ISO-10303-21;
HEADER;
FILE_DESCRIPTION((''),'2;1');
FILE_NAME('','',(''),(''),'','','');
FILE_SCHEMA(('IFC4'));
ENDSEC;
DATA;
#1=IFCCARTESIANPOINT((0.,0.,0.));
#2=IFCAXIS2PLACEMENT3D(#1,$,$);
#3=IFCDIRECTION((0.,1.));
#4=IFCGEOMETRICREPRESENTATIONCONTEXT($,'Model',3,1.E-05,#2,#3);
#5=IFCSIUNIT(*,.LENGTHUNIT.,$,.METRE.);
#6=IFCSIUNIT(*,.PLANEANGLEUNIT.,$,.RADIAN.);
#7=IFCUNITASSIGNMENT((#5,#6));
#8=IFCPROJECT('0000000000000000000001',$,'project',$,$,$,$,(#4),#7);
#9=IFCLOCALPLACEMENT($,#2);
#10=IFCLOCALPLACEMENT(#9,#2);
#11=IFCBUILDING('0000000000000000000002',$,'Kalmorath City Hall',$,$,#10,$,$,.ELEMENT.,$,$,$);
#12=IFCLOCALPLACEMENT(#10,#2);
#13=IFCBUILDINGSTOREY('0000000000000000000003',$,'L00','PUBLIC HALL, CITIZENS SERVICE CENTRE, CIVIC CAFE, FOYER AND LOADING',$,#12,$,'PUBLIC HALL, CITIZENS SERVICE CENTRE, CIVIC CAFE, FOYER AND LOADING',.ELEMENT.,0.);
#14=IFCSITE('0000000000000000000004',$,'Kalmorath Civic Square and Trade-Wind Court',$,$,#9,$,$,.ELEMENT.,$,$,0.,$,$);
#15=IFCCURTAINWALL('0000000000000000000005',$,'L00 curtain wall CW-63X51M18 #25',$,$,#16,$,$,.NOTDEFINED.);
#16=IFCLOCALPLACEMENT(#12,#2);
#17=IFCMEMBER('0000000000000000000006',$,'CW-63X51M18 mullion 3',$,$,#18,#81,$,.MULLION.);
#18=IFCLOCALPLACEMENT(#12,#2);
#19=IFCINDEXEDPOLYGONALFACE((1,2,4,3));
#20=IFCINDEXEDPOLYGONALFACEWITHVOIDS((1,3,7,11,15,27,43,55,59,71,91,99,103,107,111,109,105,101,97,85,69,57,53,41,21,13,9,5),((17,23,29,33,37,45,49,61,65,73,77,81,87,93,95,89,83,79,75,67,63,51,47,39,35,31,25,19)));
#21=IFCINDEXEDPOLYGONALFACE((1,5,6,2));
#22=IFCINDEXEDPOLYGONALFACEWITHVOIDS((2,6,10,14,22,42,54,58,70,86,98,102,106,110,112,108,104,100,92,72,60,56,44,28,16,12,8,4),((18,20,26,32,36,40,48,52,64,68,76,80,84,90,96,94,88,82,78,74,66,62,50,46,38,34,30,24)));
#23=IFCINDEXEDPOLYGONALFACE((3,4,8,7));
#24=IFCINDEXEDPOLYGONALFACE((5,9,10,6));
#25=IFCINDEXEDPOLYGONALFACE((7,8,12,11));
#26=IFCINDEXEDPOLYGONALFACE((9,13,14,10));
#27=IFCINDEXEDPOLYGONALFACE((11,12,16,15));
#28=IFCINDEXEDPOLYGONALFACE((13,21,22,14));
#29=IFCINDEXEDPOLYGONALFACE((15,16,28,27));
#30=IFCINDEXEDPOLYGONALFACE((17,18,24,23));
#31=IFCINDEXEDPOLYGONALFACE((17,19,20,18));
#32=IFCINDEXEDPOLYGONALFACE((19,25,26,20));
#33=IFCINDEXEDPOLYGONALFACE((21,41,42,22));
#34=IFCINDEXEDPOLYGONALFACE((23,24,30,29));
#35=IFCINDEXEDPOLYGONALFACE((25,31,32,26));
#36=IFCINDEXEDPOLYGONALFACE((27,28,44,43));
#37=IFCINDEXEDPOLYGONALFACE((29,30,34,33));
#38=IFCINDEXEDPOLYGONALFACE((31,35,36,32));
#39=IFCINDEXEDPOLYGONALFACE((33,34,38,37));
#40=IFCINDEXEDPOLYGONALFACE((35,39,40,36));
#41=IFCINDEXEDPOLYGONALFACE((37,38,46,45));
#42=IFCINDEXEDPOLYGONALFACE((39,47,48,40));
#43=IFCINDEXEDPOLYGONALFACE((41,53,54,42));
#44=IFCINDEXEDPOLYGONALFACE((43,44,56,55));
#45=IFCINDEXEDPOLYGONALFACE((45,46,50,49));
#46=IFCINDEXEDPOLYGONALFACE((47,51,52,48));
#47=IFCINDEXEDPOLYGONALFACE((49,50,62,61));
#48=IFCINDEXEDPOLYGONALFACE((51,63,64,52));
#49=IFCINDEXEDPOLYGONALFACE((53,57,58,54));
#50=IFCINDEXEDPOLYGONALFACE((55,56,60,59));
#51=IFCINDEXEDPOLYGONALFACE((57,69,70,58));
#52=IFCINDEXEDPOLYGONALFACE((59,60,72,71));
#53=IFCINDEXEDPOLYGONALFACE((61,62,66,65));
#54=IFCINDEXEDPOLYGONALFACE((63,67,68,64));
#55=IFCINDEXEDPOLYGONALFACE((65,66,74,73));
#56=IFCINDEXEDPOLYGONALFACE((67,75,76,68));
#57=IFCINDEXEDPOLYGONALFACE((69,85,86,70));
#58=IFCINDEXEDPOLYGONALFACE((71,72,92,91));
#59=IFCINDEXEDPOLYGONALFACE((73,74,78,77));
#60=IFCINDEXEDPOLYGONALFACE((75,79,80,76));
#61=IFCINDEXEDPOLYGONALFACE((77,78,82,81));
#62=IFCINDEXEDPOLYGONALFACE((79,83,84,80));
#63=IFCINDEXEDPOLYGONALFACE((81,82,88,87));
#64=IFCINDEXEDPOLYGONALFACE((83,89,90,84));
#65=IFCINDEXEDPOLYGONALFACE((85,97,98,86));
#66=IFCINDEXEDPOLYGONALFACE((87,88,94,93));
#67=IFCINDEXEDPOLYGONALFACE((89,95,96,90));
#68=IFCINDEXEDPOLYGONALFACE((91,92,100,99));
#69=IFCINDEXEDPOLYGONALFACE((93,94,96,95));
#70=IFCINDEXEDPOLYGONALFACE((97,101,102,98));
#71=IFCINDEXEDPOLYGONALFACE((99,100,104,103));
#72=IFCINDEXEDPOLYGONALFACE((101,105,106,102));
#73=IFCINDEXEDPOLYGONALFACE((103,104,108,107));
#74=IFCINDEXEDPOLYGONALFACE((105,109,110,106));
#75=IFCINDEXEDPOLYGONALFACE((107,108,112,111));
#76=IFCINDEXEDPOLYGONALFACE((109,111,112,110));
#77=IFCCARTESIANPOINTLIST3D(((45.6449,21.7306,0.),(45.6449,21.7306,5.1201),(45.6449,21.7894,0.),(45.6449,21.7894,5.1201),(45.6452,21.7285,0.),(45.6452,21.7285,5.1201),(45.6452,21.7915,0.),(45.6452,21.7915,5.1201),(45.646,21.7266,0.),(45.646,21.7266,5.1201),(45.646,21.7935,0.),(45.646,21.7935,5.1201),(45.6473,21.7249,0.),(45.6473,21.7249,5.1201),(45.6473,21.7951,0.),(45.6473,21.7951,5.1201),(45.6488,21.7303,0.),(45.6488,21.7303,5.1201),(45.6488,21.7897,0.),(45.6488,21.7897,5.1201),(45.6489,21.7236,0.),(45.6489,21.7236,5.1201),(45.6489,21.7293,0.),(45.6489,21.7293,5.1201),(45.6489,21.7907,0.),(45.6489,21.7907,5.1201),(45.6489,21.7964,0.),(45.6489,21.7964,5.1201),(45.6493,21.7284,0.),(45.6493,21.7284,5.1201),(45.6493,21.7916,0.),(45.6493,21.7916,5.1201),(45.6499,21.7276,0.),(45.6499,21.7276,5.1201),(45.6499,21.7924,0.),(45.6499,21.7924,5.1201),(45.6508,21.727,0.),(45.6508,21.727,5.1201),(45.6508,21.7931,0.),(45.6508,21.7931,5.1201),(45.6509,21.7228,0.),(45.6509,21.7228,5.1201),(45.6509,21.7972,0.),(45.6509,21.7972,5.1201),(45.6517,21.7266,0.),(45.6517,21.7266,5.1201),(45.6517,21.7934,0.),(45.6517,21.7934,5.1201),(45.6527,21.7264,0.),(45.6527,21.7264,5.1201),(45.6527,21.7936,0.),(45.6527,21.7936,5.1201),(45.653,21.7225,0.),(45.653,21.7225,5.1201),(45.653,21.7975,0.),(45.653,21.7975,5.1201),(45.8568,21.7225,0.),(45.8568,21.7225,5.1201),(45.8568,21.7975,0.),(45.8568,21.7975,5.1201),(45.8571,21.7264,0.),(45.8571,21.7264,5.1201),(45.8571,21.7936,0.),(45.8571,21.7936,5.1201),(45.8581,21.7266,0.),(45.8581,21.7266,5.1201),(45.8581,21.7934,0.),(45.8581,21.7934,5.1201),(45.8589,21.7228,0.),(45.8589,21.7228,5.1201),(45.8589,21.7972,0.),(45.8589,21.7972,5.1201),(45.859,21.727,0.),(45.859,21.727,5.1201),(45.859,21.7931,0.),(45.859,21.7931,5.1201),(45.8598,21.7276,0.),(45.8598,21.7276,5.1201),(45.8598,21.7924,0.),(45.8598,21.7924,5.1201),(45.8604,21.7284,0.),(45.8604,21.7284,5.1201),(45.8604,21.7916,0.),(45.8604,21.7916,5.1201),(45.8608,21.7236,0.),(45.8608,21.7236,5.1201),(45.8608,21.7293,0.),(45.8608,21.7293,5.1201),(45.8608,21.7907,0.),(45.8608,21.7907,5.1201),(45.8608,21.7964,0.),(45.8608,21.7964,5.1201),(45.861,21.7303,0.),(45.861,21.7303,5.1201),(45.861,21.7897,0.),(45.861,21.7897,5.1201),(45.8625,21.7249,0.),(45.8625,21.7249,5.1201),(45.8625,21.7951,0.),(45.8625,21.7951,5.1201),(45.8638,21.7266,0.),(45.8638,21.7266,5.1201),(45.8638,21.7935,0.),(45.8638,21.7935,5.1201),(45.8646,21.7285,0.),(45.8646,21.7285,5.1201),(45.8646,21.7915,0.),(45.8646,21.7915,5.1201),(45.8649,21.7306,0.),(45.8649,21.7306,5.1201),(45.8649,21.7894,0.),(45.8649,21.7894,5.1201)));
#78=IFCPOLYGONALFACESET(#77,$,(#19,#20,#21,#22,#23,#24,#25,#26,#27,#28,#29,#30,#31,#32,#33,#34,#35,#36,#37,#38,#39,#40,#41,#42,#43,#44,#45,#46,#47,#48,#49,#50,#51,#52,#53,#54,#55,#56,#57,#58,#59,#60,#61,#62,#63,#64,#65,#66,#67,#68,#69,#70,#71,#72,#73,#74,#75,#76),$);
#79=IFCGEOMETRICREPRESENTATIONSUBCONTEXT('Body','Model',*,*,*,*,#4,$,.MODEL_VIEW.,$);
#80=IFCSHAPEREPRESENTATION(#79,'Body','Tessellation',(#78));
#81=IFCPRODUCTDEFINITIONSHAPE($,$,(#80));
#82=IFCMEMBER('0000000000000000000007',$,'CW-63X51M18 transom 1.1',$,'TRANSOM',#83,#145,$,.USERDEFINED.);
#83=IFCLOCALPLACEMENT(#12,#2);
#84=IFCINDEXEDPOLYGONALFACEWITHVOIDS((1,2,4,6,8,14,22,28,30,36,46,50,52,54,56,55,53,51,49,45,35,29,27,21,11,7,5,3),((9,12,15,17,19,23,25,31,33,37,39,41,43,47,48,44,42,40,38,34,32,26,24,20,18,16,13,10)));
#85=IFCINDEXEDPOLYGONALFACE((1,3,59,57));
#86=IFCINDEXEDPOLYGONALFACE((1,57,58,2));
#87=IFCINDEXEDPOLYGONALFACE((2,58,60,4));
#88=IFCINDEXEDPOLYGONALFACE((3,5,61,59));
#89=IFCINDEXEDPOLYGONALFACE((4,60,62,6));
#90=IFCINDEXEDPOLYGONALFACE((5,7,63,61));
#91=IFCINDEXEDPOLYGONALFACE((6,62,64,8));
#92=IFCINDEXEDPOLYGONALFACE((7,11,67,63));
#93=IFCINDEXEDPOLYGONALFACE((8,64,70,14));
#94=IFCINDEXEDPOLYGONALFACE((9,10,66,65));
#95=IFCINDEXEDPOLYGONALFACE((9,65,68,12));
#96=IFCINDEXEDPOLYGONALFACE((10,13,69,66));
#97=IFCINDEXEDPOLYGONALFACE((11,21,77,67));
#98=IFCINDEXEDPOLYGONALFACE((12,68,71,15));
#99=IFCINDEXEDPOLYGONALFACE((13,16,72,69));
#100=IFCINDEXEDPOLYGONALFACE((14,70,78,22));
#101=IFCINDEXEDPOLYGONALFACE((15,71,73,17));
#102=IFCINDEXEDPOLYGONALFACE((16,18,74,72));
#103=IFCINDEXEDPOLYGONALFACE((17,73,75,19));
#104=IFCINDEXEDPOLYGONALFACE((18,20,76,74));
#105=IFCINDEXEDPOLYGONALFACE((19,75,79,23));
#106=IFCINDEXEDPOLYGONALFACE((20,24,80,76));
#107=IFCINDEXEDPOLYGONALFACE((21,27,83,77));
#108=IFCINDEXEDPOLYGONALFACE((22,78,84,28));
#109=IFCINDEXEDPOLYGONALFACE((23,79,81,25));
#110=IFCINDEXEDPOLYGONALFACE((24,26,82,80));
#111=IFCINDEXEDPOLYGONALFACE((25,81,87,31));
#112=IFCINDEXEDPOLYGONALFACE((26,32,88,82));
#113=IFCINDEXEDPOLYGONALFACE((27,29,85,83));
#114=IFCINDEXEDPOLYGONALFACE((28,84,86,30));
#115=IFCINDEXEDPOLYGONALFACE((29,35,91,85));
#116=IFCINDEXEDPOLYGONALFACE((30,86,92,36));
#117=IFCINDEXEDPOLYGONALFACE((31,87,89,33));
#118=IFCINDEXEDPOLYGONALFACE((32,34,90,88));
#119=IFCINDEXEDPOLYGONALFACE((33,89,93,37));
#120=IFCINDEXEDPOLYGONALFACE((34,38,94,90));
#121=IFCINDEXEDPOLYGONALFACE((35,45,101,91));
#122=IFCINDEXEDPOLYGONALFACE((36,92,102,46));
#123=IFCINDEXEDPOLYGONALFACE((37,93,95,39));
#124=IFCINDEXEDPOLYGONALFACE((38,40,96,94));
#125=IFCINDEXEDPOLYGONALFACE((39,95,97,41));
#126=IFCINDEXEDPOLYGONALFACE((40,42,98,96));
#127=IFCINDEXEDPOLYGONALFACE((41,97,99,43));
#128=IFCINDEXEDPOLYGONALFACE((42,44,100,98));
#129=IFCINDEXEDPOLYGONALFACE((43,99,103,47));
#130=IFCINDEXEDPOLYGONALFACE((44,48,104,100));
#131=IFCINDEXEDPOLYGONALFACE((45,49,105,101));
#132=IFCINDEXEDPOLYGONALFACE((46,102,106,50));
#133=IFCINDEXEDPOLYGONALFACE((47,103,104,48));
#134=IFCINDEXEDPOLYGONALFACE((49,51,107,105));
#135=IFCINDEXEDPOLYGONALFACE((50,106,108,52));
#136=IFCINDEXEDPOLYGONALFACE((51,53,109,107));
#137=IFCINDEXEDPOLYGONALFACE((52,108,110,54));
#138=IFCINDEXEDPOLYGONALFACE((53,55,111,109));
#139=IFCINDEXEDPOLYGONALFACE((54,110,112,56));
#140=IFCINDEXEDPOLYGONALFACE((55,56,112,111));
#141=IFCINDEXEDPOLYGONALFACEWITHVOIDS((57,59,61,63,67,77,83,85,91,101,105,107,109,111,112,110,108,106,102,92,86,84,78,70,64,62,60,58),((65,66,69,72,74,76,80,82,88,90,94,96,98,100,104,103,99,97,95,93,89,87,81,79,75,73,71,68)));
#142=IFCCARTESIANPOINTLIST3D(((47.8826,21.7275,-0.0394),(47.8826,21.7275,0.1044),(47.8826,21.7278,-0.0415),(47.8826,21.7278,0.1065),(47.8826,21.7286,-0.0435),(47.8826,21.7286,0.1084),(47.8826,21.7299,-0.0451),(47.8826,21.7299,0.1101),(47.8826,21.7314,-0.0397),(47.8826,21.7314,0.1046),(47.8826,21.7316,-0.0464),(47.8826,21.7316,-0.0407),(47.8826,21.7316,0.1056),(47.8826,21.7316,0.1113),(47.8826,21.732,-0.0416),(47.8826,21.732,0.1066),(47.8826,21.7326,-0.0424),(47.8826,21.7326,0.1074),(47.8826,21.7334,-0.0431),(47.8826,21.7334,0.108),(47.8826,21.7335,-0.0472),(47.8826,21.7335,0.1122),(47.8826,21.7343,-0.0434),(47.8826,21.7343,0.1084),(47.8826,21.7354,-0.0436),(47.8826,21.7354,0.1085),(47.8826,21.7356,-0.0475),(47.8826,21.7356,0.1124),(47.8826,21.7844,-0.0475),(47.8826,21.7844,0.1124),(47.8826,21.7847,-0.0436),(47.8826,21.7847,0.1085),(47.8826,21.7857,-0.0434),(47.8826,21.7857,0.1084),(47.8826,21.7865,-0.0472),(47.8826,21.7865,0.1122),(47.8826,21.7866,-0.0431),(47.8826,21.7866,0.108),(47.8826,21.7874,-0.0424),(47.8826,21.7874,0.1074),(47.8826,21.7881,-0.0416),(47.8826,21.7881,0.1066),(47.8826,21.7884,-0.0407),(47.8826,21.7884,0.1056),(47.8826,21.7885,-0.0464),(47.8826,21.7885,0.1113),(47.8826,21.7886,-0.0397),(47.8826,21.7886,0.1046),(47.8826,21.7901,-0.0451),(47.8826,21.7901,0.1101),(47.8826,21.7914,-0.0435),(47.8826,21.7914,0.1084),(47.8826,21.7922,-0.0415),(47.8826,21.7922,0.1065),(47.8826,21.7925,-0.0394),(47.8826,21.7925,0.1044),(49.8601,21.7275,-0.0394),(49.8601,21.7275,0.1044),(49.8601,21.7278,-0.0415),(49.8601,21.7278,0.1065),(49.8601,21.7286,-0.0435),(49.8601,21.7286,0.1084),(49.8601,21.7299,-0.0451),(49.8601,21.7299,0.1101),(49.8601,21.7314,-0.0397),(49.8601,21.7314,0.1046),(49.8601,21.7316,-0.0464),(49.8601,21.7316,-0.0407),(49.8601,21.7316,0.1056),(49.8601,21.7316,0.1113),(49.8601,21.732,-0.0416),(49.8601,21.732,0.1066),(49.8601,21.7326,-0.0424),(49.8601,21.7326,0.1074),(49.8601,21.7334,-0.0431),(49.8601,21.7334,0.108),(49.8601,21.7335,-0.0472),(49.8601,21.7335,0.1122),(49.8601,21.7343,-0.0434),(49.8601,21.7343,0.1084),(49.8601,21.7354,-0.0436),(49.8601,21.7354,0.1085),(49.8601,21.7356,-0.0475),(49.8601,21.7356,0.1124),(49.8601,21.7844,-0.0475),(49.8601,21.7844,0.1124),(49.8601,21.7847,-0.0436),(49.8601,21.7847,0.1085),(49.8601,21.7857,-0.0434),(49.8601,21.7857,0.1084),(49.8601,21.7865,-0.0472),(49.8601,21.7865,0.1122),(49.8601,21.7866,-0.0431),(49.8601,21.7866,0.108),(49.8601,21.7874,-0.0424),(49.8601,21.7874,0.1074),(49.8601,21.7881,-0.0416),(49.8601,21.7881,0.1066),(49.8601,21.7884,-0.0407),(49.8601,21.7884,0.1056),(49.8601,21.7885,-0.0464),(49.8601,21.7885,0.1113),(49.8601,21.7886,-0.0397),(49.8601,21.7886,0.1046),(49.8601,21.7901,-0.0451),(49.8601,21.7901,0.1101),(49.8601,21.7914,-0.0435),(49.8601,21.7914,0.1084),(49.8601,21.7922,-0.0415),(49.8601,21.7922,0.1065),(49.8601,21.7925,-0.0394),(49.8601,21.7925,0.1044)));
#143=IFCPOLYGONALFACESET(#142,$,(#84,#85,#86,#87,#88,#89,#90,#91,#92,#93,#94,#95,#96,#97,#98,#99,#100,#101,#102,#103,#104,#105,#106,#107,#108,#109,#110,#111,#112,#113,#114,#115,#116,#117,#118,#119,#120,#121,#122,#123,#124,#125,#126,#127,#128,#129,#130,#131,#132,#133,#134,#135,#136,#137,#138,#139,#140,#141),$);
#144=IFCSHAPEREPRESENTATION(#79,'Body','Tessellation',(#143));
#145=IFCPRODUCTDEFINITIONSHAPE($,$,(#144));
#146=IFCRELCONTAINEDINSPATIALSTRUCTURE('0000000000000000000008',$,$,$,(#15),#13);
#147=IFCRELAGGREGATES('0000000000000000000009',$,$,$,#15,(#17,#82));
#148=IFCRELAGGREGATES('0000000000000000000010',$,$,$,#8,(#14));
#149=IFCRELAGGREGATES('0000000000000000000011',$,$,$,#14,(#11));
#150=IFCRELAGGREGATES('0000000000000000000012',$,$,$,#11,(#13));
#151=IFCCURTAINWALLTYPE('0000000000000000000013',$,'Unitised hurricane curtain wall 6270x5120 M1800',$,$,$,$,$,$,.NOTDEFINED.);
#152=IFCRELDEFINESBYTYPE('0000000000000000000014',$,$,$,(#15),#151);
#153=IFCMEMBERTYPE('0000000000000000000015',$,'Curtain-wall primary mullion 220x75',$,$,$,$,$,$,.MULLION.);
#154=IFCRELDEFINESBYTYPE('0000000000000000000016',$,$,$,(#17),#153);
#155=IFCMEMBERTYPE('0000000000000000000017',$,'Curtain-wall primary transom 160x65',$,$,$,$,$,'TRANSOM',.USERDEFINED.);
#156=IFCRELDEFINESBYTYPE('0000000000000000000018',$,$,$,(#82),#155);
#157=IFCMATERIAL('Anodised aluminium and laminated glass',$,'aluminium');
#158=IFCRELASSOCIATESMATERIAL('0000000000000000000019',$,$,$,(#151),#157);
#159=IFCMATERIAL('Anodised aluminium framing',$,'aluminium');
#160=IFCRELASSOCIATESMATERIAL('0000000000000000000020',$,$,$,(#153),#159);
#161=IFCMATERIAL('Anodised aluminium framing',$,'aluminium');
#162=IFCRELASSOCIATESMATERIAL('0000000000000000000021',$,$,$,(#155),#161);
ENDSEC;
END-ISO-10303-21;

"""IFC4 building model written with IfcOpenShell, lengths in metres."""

from ifc_helpers import new_model, si_unit, direction, frame, origin, origin_2d, place, context, subcontext, project, spatial, hollow_rectangle, extrude, material, material_profile, profile_set, type_object, element, aggregate, save


model = new_model("IFC4")

# Units and contexts
model_context = context("Model", 3, precision=1e-05, world=origin(), true_north=direction((0.0, 1.0)))
body_context = subcontext(model_context, "Body", "Model", "MODEL_VIEW")
ifc_project = project(units=[si_unit("LENGTHUNIT", "METRE"), si_unit("PLANEANGLEUNIT", "RADIAN")], contexts=[model_context])

# Site, building, storey
site_placement = place(None, origin())
site = spatial("IfcSite", under=ifc_project, at=site_placement, Name="Kalmorath Civic Square and Trade-Wind Court", CompositionType="ELEMENT", RefElevation=0.0)
building_placement = place(site_placement, origin())
building = spatial("IfcBuilding", under=site, at=building_placement, Name="Kalmorath City Hall", CompositionType="ELEMENT")
storey_placement = place(building_placement, origin())
storey = spatial("IfcBuildingStorey", under=building, at=storey_placement, Name="L00", Description="PUBLIC HALL, CITIZENS SERVICE CENTRE, CIVIC CAFE, FOYER AND LOADING", LongName="PUBLIC HALL, CITIZENS SERVICE CENTRE, CIVIC CAFE, FOYER AND LOADING", CompositionType="ELEMENT", Elevation=0.0)

# Curtain wall, members
ifc_material_1 = material(Name="Anodised aluminium and laminated glass", Category="aluminium")
curtain_wall_type = type_object("IfcCurtainWallType", Name="Unitised hurricane curtain wall 6270x5120 M1800", PredefinedType="NOTDEFINED", material=ifc_material_1)
curtain_wall_placement = place(storey_placement, origin())
curtain_wall = element("IfcCurtainWall", 1, at=curtain_wall_placement, inside=storey, type_object=curtain_wall_type, Name="L00 curtain wall CW-63X51M18 #25", PredefinedType="NOTDEFINED")
ifc_material_2 = material(Name="Anodised aluminium framing", Category="aluminium")
ifc_material_profile_1 = material_profile(ifc_material_2, hollow_rectangle(XDim=0.075, YDim=0.22, WallThickness=0.0039, InnerFilletRadius=0.0039, OuterFilletRadius=0.0081, at=origin_2d()), Name="ALU-MUL-220X75X4")
ifc_profile_set_1 = profile_set([ifc_material_profile_1], Name="Anodised aluminium framing")
member_type_1 = type_object("IfcMemberType", Name="Curtain-wall primary mullion 220x75", PredefinedType="MULLION", material=ifc_profile_set_1)
member_1_placement = place(storey_placement, frame((45.7549, 21.76, 0.0), z_axis=(0.0, 0.0, 1.0), x_axis=(0.0, -1.0, 0.0)))
member_1 = element("IfcMember", 2, at=member_1_placement, type_object=member_type_1, Name="CW-63X51M18 mullion 3", PredefinedType="MULLION", context=body_context, shape_type="SweptSolid", body=[
    extrude(hollow_rectangle(XDim=0.075, YDim=0.22, WallThickness=0.0039, InnerFilletRadius=0.0039, OuterFilletRadius=0.0081, at=origin_2d()), origin(), (0.0, 0.0, 1.0), 5.1201),
])
ifc_material_3 = material(Name="Anodised aluminium framing", Category="aluminium")
ifc_material_profile_2 = material_profile(ifc_material_3, hollow_rectangle(XDim=0.0649, YDim=0.1599, WallThickness=0.0039, InnerFilletRadius=0.0039, OuterFilletRadius=0.0081, at=origin_2d()), Name="ALU-TRN-160X65X4")
ifc_profile_set_2 = profile_set([ifc_material_profile_2], Name="Anodised aluminium framing")
member_type_2 = type_object("IfcMemberType", Name="Curtain-wall primary transom 160x65", ElementType="TRANSOM", PredefinedType="USERDEFINED", material=ifc_profile_set_2)
member_2_placement = place(storey_placement, frame((49.8601, 21.76, 0.0325), z_axis=(-1.0, 0.0, 0.0), x_axis=(0.0, -1.0, 0.0)))
member_2 = element("IfcMember", 3, at=member_2_placement, type_object=member_type_2, Name="CW-63X51M18 transom 1.1", ObjectType="TRANSOM", PredefinedType="USERDEFINED", context=body_context, shape_type="SweptSolid", body=[
    extrude(hollow_rectangle(XDim=0.0649, YDim=0.1599, WallThickness=0.0039, InnerFilletRadius=0.0039, OuterFilletRadius=0.0081, at=origin_2d()), origin(), (0.0, 0.0, 1.0), 1.9775),
])

aggregate(curtain_wall, [member_1, member_2])

save(model, "model.ifc")
